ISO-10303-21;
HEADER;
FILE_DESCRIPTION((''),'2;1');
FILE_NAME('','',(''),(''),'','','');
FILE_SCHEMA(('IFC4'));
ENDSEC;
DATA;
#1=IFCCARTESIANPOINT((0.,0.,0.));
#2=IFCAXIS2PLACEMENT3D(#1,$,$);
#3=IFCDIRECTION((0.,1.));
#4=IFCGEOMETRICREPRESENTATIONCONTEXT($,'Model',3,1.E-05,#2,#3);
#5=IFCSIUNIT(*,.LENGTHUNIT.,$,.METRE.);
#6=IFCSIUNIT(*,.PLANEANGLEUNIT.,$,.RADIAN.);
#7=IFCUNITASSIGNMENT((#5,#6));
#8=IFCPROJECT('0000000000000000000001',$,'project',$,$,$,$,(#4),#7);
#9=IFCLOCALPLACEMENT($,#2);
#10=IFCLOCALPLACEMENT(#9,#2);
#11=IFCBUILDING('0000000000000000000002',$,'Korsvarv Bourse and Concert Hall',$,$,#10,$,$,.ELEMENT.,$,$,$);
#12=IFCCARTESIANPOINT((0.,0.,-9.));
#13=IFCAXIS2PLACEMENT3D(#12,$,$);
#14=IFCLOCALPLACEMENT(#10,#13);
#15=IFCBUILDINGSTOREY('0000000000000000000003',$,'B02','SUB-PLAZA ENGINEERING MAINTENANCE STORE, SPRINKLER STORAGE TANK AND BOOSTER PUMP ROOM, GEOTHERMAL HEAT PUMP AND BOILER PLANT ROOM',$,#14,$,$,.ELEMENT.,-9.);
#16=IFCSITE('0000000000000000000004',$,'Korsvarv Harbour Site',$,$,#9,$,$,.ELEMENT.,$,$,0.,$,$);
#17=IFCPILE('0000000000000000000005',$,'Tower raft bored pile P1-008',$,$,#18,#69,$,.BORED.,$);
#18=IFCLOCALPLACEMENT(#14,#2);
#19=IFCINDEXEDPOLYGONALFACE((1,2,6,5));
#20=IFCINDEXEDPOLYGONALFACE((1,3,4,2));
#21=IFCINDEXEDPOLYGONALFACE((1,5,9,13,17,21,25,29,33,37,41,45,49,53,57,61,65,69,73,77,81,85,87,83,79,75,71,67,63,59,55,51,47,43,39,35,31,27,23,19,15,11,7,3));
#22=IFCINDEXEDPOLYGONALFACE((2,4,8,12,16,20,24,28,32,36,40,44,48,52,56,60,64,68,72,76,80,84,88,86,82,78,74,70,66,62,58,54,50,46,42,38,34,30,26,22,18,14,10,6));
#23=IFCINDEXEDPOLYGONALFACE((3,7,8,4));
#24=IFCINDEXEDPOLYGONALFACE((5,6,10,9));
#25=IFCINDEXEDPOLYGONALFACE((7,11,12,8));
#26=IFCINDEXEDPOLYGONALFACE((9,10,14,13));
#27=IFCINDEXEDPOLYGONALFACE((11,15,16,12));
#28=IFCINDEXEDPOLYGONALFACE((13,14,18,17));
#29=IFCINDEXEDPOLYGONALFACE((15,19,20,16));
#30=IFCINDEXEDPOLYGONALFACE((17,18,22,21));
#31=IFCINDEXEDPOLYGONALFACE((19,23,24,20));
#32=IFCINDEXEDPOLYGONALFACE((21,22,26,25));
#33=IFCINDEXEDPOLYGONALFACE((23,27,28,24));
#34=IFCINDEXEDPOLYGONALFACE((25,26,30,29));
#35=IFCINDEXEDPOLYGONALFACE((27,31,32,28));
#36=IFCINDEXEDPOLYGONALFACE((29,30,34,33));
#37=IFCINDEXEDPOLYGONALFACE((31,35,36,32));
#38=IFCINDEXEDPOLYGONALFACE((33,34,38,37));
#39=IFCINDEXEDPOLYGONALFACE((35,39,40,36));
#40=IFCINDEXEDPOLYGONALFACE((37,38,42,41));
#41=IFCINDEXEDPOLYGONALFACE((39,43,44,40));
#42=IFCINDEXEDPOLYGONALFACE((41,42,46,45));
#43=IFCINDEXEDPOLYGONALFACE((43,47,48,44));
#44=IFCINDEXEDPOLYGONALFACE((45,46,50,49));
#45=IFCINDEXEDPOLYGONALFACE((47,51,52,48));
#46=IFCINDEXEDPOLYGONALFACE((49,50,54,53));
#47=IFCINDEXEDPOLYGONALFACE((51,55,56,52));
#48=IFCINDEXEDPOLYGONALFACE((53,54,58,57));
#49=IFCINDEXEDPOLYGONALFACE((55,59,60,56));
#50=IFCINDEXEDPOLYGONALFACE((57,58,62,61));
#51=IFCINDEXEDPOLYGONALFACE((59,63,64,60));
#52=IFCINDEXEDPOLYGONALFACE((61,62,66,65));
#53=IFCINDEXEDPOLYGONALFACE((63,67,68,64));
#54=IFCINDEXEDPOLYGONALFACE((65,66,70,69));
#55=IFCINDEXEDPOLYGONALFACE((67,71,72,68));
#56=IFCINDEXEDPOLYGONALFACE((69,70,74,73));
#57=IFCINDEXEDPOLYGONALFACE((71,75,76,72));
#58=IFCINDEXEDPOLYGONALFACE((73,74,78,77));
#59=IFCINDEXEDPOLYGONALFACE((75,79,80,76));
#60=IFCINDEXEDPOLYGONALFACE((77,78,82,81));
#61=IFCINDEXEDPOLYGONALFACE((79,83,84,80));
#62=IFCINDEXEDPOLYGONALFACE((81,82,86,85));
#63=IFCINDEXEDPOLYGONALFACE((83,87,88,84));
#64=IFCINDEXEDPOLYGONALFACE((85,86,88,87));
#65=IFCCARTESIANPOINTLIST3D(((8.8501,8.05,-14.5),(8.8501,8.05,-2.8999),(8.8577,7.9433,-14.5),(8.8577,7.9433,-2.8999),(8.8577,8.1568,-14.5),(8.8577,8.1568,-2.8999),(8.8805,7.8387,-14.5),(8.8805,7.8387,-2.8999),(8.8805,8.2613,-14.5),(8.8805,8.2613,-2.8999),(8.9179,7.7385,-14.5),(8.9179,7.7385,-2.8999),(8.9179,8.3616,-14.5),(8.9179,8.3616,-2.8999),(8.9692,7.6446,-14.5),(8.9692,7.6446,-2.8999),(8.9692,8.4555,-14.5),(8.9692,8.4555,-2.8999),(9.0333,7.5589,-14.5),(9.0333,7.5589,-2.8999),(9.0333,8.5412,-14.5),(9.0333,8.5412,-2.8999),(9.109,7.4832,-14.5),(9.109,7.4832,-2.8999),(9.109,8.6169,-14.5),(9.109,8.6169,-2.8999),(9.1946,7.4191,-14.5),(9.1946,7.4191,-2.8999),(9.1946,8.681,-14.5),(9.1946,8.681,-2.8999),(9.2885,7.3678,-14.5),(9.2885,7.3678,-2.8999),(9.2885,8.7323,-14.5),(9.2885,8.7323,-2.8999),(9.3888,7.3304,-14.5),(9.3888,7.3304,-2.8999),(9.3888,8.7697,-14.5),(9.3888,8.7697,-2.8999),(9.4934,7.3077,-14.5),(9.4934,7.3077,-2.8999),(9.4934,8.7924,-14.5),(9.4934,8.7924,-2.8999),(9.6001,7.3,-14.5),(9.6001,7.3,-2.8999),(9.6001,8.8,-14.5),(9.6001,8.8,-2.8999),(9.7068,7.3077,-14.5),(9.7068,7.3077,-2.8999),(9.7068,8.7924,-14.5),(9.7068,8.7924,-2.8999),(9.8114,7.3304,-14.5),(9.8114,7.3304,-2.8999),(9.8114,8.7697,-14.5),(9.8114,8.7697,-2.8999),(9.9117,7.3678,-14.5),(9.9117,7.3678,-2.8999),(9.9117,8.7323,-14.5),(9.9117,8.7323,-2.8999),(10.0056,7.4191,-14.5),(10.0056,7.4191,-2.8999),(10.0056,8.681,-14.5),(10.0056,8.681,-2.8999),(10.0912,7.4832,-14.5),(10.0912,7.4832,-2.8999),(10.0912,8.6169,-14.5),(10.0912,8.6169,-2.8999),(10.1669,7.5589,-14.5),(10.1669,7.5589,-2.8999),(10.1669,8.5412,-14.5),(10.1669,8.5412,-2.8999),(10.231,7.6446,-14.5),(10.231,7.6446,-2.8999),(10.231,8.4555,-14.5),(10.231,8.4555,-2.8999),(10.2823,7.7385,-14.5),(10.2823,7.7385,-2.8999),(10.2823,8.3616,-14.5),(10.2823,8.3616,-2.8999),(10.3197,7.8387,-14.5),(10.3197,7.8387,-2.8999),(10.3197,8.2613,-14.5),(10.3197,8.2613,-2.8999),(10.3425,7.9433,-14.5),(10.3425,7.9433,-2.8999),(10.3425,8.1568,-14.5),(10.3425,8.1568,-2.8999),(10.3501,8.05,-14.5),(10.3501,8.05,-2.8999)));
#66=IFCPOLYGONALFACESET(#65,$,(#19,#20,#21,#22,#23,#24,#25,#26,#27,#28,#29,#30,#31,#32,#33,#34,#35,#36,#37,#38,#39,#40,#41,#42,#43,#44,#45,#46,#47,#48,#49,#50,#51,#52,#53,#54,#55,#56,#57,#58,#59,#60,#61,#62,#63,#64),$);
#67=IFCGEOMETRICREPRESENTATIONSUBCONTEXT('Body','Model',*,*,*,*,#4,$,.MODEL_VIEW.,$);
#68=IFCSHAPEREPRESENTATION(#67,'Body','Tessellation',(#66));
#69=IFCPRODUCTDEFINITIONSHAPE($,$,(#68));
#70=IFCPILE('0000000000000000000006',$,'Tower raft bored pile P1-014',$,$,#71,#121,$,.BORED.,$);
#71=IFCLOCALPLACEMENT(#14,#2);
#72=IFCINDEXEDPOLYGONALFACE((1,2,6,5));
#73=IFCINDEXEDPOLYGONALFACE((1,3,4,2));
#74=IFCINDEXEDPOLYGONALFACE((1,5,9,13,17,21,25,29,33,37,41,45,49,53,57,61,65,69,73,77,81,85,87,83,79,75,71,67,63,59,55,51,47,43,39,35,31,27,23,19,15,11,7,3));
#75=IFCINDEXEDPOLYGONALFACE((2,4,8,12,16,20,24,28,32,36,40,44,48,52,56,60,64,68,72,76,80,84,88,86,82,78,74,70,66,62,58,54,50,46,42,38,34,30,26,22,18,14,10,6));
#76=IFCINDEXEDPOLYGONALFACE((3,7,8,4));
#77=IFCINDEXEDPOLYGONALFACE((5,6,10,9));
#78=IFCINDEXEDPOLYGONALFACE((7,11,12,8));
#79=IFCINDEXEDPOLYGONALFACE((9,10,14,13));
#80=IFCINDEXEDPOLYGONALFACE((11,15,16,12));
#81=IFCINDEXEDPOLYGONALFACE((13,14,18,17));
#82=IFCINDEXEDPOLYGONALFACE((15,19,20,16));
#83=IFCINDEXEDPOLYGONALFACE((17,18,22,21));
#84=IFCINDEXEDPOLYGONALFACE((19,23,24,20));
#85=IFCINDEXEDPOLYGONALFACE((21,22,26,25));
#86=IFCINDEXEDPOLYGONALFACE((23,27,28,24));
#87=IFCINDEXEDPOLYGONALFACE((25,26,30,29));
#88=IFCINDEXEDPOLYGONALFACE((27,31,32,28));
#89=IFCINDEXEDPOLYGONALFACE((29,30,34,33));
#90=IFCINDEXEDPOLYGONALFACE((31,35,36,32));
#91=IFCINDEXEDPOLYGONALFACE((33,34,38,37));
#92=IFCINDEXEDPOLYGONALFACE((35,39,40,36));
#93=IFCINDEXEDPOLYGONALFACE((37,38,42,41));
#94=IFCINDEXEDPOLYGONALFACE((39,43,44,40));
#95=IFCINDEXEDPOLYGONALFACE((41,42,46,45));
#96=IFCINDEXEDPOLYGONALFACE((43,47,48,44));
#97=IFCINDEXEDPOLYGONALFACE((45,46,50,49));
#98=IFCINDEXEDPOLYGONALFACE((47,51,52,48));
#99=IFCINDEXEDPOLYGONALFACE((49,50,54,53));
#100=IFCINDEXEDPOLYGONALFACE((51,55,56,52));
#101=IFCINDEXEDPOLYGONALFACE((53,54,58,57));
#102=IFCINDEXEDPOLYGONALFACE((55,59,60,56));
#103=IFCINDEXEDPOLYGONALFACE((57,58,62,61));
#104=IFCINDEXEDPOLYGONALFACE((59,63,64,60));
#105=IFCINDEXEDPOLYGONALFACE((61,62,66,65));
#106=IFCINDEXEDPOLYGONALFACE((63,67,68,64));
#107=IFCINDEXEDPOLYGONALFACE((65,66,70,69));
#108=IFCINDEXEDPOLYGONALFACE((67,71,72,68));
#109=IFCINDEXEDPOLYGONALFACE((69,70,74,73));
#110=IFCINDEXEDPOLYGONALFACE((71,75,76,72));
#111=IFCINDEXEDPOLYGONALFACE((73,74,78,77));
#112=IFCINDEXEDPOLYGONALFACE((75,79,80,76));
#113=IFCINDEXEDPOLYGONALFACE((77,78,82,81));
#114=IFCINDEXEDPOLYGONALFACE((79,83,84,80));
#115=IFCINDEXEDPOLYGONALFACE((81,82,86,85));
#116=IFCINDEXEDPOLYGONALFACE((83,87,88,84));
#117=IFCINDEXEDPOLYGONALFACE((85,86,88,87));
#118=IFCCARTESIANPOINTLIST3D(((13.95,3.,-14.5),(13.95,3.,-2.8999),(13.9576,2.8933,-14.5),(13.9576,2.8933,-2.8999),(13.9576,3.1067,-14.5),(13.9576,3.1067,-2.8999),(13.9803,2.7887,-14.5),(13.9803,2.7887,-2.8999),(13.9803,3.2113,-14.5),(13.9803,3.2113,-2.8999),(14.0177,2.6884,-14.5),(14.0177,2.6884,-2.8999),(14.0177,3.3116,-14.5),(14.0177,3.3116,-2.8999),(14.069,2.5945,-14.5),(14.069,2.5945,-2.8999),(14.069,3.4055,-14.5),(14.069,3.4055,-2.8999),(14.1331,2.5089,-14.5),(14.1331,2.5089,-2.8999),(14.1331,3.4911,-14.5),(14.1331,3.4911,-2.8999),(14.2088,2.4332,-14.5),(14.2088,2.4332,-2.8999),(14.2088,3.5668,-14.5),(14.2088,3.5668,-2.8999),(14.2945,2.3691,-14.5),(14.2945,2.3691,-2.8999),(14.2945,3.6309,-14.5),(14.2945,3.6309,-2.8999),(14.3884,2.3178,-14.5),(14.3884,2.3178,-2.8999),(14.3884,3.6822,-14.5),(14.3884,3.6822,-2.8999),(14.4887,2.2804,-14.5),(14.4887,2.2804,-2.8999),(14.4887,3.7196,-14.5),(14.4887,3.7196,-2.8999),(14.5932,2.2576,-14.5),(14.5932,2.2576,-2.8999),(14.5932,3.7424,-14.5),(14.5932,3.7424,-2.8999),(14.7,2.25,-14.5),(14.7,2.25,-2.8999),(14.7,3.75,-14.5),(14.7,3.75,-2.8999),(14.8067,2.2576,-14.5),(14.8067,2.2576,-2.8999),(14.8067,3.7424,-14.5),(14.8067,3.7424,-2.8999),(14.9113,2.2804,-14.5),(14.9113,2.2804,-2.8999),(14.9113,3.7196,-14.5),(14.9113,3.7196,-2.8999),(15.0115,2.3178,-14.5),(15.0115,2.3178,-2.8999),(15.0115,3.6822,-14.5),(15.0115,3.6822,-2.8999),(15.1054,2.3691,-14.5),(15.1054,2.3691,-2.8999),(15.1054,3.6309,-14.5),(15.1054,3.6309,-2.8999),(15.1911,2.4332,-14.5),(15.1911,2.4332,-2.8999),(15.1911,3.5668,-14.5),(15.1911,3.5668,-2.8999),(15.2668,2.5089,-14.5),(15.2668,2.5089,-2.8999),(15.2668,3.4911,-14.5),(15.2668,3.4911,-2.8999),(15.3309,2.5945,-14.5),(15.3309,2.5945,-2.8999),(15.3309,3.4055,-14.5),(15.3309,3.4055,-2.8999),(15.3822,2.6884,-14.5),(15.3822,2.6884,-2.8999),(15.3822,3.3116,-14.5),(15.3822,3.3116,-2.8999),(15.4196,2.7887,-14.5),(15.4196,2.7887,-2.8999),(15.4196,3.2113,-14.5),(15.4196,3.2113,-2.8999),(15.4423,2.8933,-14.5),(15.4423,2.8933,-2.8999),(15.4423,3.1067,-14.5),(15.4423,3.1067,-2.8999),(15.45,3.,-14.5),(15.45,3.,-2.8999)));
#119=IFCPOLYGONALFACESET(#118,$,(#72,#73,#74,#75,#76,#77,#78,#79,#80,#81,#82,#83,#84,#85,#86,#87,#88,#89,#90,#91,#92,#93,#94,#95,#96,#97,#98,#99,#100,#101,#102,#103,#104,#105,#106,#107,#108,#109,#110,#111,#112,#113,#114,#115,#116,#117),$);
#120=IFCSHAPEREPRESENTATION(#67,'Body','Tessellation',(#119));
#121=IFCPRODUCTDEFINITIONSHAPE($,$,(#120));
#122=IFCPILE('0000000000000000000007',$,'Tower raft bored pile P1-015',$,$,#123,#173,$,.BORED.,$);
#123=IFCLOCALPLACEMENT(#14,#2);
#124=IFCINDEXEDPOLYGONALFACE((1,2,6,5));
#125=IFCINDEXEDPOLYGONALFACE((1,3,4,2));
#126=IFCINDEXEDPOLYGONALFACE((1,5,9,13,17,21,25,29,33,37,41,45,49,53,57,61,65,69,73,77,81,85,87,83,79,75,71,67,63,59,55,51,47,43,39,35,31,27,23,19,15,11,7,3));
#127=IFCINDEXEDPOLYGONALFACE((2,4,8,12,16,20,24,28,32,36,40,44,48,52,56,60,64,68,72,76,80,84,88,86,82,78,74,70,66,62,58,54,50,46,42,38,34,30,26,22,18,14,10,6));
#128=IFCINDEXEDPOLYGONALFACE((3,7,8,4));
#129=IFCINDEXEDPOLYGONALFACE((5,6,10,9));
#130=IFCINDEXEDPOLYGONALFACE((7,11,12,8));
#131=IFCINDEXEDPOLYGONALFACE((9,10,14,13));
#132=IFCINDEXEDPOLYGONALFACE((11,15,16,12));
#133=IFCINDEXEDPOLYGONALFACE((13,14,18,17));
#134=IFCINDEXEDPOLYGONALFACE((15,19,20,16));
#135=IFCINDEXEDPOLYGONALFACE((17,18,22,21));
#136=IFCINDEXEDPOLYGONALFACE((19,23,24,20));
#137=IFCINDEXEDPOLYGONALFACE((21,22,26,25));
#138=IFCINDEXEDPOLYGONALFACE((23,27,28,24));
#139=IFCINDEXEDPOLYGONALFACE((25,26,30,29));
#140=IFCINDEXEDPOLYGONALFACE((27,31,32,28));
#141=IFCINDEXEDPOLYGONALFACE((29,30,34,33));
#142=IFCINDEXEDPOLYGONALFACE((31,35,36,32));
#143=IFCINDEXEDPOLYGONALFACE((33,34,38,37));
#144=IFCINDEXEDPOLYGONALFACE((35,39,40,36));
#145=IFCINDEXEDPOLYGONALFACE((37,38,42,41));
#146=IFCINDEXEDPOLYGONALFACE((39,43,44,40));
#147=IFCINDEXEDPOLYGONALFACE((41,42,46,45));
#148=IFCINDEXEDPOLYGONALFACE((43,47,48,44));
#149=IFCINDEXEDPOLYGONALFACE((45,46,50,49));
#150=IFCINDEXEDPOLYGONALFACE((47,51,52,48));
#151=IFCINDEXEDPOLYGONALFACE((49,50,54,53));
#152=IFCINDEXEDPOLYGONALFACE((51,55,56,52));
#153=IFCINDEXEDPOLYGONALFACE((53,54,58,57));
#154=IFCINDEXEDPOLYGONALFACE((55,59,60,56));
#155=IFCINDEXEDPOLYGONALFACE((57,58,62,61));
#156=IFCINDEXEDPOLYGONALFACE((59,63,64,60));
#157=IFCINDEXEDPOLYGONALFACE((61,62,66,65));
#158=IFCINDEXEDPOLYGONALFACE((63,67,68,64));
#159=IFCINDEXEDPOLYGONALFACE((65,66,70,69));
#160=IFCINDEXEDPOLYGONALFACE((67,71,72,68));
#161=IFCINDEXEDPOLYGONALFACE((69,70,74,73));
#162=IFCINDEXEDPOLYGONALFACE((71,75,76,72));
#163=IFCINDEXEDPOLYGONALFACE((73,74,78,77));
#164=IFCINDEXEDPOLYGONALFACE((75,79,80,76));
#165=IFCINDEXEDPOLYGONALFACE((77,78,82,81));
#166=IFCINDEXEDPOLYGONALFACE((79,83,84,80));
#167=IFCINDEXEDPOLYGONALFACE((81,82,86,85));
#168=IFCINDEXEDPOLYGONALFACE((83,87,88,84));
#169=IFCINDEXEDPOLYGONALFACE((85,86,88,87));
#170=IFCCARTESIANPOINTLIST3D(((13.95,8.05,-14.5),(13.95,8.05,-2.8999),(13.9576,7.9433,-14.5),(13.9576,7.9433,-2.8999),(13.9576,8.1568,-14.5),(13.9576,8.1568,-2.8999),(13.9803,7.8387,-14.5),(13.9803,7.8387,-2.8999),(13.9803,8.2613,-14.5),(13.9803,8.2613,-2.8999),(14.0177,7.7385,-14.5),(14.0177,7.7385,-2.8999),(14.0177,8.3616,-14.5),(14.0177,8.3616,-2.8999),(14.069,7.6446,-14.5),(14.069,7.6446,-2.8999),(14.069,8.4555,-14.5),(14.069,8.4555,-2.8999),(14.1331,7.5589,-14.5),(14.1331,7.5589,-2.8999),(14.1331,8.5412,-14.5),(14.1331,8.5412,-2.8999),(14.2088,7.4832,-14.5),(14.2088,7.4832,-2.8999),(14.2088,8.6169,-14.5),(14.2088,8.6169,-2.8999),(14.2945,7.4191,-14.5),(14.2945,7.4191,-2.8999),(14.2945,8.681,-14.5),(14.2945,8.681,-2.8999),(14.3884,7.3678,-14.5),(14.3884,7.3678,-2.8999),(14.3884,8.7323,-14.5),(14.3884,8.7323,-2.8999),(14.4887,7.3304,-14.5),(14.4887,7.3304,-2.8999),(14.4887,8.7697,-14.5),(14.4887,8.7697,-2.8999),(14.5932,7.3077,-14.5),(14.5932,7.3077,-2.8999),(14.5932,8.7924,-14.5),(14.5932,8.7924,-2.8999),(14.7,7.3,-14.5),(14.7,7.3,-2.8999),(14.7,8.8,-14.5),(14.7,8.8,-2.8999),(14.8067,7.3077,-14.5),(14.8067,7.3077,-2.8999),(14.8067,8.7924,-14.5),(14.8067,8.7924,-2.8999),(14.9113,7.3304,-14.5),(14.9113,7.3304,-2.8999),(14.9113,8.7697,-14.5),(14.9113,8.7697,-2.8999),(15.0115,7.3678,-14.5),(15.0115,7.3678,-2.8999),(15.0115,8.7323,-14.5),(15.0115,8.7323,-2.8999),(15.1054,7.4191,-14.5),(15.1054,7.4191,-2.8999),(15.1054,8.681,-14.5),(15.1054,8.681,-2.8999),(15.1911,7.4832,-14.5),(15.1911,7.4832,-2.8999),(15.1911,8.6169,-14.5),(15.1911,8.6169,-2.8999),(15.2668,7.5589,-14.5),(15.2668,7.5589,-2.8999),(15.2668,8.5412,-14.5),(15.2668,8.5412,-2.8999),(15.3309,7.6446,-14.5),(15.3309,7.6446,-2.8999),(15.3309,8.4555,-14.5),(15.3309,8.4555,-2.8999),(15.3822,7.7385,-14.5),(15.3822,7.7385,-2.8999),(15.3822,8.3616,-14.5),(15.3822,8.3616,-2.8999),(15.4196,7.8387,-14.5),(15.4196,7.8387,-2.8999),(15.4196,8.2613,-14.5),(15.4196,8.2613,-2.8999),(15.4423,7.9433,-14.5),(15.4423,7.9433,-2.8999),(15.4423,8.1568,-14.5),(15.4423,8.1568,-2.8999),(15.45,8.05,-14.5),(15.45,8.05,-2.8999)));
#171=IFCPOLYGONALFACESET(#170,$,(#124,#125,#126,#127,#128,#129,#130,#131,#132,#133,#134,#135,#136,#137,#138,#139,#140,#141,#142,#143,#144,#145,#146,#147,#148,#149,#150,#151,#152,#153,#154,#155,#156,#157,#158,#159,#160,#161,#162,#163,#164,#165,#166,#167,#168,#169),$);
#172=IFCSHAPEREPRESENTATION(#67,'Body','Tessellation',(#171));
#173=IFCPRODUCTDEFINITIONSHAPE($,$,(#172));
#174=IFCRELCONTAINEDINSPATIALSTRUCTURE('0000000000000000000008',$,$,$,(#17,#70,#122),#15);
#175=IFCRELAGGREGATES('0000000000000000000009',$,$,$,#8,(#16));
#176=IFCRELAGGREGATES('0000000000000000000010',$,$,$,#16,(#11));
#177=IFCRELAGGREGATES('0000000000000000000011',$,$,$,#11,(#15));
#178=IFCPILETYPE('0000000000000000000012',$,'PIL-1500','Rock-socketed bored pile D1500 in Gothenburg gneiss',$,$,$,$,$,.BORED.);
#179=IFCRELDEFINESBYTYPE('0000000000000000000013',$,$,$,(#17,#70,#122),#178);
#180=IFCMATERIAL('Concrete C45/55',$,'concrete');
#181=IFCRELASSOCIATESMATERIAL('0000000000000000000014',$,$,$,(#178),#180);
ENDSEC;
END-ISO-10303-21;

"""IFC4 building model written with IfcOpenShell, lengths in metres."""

from ifc_helpers import new_model, si_unit, direction, frame, origin, origin_2d, place, context, subcontext, project, spatial, circle, extrude, source, transform, mapped, material, material_profile, profile_set, type_object, element, save


model = new_model("IFC4")

# Units and contexts
model_context = context("Model", 3, precision=1e-05, world=origin(), true_north=direction((0.0, 1.0)))
body_context = subcontext(model_context, "Body", "Model", "MODEL_VIEW")
ifc_project = project(units=[si_unit("LENGTHUNIT", "METRE"), si_unit("PLANEANGLEUNIT", "RADIAN")], contexts=[model_context])

# Site, building, storey
site_placement = place(None, origin())
site = spatial("IfcSite", under=ifc_project, at=site_placement, Name="Korsvarv Harbour Site", CompositionType="ELEMENT", RefElevation=0.0)
building_placement = place(site_placement, origin())
building = spatial("IfcBuilding", under=site, at=building_placement, Name="Korsvarv Bourse and Concert Hall", CompositionType="ELEMENT")
storey_placement = place(building_placement, frame((0.0, 0.0, -9.0)))
storey = spatial("IfcBuildingStorey", under=building, at=storey_placement, Name="B02", Description="SUB-PLAZA ENGINEERING MAINTENANCE STORE, SPRINKLER STORAGE TANK AND BOOSTER PUMP ROOM, GEOTHERMAL HEAT PUMP AND BOILER PLANT ROOM", CompositionType="ELEMENT", Elevation=-9.0)

# Piles
ifc_material_1 = material(Name="Concrete C45/55", Category="concrete")
ifc_material_profile_1 = material_profile(ifc_material_1, circle(Radius=0.75, at=origin_2d()), Name="PILE D1500")
ifc_profile_set_1 = profile_set([ifc_material_profile_1], Name="Concrete C45/55")
pile_type = type_object("IfcPileType", Name="PIL-1500", Description="Rock-socketed bored pile D1500 in Gothenburg gneiss", PredefinedType="BORED", material=ifc_profile_set_1)
shared_shape_1 = source(origin(), body_context, "Body", "SweptSolid", [
    extrude(circle(Radius=0.75, at=origin_2d()), origin(), (0.0, 0.0, 1.0), 11.6001),
])
for number, where, z_axis, x_axis, name in (
    (1, (9.6001, 8.05, -2.8999), (0.0, 0.0, -1.0), (1.0, 0.0, 0.0), "Tower raft bored pile P1-008"),
    (2, (14.7, 3.0, -2.8999), (0.0, 0.0, -1.0), (1.0, 0.0, 0.0), "Tower raft bored pile P1-014"),
    (3, (14.7, 8.05, -2.8999), (0.0, 0.0, -1.0), (1.0, 0.0, 0.0), "Tower raft bored pile P1-015"),
):
    element("IfcPile", number, at=place(storey_placement, frame(where, z_axis=z_axis, x_axis=x_axis)), inside=storey, type_object=pile_type, Name=name, PredefinedType="BORED", context=body_context, shape_type="MappedRepresentation", body=[
        mapped(shared_shape_1, transform((0.0, 0.0, 0.0), scale=1.0)),
    ])

save(model, "model.ifc")
